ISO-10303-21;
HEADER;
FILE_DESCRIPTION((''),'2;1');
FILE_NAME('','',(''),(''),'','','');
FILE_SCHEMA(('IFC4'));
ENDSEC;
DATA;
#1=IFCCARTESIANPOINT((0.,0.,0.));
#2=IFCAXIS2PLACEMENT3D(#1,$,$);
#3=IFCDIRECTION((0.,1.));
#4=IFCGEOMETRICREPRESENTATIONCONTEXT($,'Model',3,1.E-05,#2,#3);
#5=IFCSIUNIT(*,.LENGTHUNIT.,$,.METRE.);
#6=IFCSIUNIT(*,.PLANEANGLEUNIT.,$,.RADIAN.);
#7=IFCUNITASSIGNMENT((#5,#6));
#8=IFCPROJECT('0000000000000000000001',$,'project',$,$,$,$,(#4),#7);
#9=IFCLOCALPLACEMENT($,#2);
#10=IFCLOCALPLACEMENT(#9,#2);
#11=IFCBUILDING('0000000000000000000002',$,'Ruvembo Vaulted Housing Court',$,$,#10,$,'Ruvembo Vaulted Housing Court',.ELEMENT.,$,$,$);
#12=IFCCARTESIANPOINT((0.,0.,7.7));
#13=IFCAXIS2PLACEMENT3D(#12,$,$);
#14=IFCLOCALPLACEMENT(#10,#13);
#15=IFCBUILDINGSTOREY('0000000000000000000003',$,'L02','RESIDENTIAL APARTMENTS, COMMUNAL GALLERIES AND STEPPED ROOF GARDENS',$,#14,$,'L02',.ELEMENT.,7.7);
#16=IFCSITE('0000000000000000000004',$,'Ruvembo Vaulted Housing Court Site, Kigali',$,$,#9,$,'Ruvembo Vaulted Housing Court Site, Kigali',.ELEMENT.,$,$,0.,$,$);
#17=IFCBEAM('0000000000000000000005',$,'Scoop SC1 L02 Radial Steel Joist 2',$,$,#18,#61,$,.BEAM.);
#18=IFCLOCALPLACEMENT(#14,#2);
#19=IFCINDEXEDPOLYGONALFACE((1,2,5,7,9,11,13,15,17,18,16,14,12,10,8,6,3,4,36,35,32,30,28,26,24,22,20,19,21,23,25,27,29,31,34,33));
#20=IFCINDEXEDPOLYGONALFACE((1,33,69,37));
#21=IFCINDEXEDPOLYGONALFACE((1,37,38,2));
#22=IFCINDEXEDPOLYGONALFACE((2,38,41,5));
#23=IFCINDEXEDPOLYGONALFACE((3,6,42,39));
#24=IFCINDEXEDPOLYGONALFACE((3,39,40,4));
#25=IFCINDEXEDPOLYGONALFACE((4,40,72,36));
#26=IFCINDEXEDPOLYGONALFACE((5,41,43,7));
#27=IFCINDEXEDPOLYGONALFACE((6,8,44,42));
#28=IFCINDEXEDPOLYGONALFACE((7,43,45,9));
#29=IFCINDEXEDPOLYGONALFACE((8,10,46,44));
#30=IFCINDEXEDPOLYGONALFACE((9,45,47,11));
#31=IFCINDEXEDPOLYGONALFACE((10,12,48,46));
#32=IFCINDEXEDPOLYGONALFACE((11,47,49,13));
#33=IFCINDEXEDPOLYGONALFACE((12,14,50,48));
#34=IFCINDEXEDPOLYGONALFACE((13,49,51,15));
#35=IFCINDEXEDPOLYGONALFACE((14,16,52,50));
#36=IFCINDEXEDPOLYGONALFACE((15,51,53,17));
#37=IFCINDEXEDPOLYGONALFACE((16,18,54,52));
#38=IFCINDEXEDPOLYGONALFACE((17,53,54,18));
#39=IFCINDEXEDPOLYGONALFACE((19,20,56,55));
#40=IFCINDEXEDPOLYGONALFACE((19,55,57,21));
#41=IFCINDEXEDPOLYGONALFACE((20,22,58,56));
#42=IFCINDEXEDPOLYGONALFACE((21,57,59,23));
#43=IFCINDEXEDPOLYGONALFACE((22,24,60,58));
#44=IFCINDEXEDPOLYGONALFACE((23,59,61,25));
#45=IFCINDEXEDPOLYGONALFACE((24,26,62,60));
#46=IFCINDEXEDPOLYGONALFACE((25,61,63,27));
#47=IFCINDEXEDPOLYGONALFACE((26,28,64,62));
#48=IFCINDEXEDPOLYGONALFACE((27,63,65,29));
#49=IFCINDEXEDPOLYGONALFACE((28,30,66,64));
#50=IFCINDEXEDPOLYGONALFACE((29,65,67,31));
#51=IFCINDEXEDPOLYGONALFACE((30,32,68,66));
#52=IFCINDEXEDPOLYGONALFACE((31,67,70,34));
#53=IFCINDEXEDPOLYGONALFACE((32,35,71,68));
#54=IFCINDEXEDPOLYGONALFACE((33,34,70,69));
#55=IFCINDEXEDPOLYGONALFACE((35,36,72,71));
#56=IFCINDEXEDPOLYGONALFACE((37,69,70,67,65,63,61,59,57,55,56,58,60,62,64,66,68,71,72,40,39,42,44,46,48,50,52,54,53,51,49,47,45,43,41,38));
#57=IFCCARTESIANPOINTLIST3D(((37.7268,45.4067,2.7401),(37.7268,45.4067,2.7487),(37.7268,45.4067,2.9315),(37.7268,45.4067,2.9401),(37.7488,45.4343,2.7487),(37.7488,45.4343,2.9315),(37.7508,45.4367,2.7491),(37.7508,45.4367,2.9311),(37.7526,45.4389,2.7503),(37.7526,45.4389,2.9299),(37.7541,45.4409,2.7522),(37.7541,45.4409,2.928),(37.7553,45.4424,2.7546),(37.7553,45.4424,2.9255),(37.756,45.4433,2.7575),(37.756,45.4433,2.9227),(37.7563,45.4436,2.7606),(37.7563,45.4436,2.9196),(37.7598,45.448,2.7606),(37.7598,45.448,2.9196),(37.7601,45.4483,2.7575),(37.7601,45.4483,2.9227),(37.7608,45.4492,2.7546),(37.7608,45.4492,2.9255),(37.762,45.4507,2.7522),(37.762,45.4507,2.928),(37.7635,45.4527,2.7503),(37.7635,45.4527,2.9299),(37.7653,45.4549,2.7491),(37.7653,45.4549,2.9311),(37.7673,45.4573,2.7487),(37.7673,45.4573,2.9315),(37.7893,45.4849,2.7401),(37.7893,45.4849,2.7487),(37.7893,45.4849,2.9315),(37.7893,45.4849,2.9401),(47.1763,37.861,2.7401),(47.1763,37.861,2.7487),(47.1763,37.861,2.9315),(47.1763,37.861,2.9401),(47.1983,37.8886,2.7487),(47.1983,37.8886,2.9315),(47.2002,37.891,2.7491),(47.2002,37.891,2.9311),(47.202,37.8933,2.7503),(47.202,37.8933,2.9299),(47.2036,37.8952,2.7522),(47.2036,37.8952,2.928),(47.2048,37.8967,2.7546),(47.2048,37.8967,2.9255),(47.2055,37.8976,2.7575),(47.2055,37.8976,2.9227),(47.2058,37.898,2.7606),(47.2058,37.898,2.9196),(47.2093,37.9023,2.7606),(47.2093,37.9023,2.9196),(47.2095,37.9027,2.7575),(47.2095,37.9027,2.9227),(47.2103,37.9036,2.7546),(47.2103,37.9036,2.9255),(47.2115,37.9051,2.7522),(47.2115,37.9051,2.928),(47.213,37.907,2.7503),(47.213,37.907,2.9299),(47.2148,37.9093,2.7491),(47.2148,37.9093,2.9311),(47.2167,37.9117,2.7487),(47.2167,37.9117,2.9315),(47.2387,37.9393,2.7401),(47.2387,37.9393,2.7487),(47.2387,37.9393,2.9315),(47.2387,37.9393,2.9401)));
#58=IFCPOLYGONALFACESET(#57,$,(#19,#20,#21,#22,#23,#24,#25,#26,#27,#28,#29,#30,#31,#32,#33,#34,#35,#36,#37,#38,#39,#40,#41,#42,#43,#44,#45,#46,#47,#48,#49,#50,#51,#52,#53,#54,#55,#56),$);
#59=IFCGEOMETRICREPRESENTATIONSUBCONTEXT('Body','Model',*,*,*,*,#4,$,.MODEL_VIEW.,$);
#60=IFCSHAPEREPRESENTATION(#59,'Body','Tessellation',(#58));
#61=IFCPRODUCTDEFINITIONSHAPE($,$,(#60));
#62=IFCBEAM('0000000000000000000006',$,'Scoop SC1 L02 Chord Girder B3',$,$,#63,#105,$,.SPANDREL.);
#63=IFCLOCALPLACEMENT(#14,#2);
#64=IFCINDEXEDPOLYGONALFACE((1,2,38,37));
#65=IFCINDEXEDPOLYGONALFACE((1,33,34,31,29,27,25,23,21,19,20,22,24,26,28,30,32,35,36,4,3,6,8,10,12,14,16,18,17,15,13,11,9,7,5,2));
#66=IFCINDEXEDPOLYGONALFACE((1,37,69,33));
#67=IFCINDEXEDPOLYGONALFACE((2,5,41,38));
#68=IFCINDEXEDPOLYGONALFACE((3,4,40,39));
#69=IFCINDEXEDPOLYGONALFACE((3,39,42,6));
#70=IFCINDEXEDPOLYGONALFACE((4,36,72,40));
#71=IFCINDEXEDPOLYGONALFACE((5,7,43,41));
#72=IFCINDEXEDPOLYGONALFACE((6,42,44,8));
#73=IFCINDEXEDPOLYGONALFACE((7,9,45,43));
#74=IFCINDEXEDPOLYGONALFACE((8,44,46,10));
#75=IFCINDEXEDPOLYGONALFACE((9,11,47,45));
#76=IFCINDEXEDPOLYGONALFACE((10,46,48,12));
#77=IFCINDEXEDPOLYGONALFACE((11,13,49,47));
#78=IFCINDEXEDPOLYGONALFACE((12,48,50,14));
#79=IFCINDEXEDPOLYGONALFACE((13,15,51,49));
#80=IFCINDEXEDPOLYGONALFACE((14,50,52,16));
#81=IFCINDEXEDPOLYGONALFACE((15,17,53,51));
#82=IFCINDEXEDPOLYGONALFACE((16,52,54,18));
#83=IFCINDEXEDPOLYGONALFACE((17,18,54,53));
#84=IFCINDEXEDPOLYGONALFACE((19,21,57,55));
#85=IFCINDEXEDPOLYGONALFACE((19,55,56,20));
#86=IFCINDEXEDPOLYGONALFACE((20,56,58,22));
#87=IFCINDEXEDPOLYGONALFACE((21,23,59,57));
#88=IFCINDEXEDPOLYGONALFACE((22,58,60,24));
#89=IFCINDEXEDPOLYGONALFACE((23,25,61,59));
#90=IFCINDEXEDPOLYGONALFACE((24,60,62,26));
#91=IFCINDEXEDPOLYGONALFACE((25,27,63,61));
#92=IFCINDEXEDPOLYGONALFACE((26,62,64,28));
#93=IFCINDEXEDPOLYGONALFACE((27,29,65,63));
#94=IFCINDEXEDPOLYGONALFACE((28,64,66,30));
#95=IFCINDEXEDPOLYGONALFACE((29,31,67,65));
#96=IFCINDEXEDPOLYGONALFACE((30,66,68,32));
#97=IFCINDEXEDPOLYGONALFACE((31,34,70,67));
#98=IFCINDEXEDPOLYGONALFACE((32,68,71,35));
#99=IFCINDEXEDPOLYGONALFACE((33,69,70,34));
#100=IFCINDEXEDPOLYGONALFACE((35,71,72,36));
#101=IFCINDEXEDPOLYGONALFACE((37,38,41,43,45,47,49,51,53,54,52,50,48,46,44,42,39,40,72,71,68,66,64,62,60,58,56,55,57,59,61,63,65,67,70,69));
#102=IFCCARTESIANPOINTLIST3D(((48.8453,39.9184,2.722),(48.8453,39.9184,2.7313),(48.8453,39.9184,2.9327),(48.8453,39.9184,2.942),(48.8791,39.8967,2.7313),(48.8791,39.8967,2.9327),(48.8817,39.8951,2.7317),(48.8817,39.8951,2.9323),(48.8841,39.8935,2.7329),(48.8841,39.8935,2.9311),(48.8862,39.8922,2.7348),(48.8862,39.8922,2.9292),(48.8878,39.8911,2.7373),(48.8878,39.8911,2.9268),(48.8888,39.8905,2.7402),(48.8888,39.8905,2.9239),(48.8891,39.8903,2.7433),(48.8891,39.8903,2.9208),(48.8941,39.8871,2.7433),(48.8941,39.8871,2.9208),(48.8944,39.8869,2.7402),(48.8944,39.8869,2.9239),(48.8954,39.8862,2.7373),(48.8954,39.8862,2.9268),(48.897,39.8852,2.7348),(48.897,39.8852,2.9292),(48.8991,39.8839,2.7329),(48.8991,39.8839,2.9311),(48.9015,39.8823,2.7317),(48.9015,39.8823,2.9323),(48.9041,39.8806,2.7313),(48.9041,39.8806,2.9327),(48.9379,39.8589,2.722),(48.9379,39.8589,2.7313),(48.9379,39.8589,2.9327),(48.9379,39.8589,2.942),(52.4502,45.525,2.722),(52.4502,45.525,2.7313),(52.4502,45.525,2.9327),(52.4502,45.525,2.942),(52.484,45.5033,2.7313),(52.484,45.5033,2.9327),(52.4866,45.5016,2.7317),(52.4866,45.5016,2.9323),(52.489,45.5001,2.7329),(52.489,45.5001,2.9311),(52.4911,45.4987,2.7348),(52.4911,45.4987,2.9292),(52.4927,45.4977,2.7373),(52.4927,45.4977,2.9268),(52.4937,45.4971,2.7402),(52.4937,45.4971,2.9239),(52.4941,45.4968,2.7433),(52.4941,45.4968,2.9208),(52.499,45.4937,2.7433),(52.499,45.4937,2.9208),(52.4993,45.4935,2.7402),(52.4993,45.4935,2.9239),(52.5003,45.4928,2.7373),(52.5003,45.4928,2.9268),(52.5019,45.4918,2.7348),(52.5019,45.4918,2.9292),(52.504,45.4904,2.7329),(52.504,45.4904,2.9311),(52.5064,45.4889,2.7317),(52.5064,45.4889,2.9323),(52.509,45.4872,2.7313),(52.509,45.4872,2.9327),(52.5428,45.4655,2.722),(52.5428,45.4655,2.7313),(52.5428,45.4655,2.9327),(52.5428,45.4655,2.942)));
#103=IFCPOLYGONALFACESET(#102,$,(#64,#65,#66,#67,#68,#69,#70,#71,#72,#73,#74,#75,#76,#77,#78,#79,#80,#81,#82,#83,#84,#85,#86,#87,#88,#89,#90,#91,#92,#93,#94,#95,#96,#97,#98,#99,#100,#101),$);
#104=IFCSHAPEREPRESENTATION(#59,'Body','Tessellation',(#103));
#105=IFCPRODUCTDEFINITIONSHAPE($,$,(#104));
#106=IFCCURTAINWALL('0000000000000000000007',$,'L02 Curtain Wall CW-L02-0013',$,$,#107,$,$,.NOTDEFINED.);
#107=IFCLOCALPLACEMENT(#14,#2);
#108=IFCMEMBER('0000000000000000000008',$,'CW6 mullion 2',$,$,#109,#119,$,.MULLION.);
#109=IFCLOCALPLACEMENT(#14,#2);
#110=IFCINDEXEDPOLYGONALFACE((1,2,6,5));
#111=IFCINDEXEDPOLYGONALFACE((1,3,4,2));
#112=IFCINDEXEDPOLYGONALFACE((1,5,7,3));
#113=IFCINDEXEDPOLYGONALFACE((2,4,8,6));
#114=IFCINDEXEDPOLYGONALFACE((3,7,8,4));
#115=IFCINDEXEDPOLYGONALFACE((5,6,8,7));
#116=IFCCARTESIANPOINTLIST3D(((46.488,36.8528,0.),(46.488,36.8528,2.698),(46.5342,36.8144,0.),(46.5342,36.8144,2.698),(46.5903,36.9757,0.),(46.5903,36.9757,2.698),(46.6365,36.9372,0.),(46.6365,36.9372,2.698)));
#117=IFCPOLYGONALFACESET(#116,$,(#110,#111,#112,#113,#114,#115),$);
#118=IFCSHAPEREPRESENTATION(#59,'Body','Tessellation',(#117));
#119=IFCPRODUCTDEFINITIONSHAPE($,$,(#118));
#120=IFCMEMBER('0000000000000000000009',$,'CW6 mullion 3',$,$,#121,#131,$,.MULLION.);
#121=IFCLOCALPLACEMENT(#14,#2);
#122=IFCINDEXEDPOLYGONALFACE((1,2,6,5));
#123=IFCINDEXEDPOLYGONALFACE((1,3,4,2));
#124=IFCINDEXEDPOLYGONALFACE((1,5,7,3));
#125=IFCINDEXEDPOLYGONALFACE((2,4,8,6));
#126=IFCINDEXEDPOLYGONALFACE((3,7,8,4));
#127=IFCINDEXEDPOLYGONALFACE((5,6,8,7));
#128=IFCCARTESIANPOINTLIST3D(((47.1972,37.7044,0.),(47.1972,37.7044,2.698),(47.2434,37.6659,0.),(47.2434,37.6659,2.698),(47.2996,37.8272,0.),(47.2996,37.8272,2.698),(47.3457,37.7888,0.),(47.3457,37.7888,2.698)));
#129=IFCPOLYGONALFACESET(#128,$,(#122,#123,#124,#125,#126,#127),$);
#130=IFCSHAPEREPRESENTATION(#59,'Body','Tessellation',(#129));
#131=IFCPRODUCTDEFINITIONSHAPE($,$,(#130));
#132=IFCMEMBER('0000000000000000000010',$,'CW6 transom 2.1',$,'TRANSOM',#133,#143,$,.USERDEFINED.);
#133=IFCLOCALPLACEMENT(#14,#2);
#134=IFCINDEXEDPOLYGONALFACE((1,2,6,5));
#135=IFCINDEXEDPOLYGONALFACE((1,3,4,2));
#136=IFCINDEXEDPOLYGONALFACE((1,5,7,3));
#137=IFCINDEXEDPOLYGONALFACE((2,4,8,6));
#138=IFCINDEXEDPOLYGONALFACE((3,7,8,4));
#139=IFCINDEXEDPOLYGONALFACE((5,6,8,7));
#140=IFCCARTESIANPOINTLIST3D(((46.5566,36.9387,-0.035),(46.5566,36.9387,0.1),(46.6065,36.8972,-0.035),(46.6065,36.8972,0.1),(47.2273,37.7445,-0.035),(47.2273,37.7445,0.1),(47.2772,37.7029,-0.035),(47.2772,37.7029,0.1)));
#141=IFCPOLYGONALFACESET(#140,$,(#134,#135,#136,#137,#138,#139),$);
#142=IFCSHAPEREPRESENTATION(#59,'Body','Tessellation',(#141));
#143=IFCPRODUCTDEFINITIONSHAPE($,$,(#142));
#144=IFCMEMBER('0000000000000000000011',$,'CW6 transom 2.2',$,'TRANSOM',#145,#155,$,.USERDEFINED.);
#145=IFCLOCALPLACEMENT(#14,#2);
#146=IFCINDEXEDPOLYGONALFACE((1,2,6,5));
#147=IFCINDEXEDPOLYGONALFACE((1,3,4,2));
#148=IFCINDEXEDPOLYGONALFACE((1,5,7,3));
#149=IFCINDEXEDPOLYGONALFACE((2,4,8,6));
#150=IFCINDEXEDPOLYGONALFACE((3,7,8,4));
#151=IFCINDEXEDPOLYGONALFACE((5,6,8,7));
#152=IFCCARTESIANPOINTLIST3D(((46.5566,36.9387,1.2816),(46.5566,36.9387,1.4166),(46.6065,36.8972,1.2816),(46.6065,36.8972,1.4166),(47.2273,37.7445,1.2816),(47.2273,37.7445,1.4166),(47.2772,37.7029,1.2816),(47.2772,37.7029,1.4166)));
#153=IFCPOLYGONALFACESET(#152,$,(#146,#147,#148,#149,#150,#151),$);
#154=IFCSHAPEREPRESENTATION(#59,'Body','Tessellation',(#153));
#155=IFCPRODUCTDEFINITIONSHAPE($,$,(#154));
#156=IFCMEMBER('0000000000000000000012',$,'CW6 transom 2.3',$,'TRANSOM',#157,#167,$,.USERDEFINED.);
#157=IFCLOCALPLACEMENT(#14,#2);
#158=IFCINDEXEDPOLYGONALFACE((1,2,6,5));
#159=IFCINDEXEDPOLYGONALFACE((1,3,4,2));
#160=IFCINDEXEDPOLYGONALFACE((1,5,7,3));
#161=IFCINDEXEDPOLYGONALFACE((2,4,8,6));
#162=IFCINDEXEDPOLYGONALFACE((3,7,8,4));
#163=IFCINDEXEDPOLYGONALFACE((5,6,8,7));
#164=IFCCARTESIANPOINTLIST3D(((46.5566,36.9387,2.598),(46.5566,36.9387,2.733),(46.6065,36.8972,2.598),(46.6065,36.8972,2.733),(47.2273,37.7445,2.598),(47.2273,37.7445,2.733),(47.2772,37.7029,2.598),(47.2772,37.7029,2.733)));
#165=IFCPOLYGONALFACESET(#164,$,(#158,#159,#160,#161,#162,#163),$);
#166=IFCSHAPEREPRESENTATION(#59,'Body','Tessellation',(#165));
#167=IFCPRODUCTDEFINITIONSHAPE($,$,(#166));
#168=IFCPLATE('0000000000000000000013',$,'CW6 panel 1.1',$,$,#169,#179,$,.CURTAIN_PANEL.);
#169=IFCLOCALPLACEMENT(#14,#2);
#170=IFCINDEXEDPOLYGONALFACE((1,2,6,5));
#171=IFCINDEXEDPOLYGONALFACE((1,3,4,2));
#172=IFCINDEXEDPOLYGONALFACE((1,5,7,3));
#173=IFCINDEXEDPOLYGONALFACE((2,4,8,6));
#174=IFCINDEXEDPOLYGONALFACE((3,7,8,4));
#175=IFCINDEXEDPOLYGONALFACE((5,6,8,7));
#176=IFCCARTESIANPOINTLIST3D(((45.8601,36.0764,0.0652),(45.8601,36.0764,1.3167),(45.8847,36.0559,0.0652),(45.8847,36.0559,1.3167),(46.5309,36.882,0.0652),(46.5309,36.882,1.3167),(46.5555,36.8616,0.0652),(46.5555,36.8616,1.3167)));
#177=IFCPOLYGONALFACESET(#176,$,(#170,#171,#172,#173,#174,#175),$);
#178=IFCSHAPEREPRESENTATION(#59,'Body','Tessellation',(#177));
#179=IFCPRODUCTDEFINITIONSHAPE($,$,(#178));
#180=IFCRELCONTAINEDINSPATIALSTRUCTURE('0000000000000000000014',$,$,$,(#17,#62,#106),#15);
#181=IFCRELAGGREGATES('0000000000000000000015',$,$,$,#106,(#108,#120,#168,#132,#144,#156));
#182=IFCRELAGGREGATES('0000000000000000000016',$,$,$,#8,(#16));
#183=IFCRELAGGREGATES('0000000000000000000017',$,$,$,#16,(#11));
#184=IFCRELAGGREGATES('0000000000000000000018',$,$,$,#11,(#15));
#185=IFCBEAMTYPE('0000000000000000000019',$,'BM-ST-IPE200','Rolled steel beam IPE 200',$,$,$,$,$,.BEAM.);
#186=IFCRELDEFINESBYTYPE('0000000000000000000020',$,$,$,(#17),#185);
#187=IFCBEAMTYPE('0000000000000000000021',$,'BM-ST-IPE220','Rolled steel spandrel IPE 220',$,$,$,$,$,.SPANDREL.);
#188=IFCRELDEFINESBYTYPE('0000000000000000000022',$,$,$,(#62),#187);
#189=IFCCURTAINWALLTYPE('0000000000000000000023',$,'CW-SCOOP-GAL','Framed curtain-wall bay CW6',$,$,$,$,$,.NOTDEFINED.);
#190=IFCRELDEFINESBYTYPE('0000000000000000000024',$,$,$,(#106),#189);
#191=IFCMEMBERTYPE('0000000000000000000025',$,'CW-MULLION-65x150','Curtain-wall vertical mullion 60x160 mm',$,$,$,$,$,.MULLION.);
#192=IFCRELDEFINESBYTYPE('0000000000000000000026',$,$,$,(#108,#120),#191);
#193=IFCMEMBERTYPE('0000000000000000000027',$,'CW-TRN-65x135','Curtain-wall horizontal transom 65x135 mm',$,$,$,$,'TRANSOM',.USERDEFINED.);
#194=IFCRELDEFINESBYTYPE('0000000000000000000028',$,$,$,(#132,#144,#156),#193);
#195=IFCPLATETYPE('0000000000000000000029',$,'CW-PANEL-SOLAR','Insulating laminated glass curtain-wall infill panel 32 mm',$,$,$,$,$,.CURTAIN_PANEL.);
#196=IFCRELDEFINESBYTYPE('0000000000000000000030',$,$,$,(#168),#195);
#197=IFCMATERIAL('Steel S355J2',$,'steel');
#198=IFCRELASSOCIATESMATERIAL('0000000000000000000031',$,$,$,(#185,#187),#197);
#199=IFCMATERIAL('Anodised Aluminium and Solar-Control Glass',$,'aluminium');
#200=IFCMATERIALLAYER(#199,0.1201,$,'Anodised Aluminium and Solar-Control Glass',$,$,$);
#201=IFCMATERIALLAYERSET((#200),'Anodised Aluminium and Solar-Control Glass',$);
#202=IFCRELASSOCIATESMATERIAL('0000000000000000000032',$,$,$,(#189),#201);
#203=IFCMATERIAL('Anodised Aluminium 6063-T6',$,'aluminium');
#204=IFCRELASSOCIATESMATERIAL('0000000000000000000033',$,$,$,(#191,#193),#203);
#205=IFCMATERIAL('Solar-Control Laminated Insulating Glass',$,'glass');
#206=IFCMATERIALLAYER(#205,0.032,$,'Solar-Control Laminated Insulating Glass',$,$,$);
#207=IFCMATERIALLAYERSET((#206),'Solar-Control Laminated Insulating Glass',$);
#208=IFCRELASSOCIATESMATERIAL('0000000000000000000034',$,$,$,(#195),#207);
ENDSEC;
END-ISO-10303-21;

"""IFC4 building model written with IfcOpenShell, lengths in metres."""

from ifc_helpers import new_model, si_unit, direction, frame, origin, origin_2d, place, context, subcontext, project, spatial, rectangle, i_section, extrude, material, layer, layer_set, material_profile, profile_set, type_object, element, aggregate, save


model = new_model("IFC4")

# Units and contexts
model_context = context("Model", 3, precision=1e-05, world=origin(), true_north=direction((0.0, 1.0)))
body_context = subcontext(model_context, "Body", "Model", "MODEL_VIEW")
ifc_project = project(units=[si_unit("LENGTHUNIT", "METRE"), si_unit("PLANEANGLEUNIT", "RADIAN")], contexts=[model_context])

# Site, building, storey
site_placement = place(None, origin())
site = spatial("IfcSite", under=ifc_project, at=site_placement, Name="Ruvembo Vaulted Housing Court Site, Kigali", LongName="Ruvembo Vaulted Housing Court Site, Kigali", CompositionType="ELEMENT", RefElevation=0.0)
building_placement = place(site_placement, origin())
building = spatial("IfcBuilding", under=site, at=building_placement, Name="Ruvembo Vaulted Housing Court", LongName="Ruvembo Vaulted Housing Court", CompositionType="ELEMENT")
storey_placement = place(building_placement, frame((0.0, 0.0, 7.7)))
storey = spatial("IfcBuildingStorey", under=building, at=storey_placement, Name="L02", Description="RESIDENTIAL APARTMENTS, COMMUNAL GALLERIES AND STEPPED ROOF GARDENS", LongName="L02", CompositionType="ELEMENT", Elevation=7.7)

# Beams
ifc_material_1 = material(Name="Steel S355J2", Category="steel")
ifc_material_profile_1 = material_profile(ifc_material_1, i_section(OverallWidth=0.1001, OverallDepth=0.2, WebThickness=0.0056, FlangeThickness=0.0085, FilletRadius=0.012, at=origin_2d()), Name="IPE 200")
ifc_profile_set_1 = profile_set([ifc_material_profile_1], Name="Steel S355J2")
beam_type_1 = type_object("IfcBeamType", Name="BM-ST-IPE200", Description="Rolled steel beam IPE 200", PredefinedType="BEAM", material=ifc_profile_set_1)
beam_1_placement = place(storey_placement, frame((47.2075, 37.9001, 2.8401), z_axis=(-0.78143, 0.623993, 0.0), x_axis=(-0.623993, -0.78143, 0.0)))
element("IfcBeam", 1, at=beam_1_placement, inside=storey, type_object=beam_type_1, Name="Scoop SC1 L02 Radial Steel Joist 2", PredefinedType="BEAM", context=body_context, shape_type="SweptSolid", body=[
    extrude(i_section(OverallWidth=0.1001, OverallDepth=0.2, WebThickness=0.0056, FlangeThickness=0.0085, FilletRadius=0.012, at=origin_2d()), origin(), (0.0, 0.0, 1.0), 12.0925),
])
ifc_material_profile_2 = material_profile(ifc_material_1, i_section(OverallWidth=0.1101, OverallDepth=0.22, WebThickness=0.0059, FlangeThickness=0.0093, FilletRadius=0.012, at=origin_2d()), Name="IPE 220")
ifc_profile_set_2 = profile_set([ifc_material_profile_2], Name="Steel S355J2")
beam_type_2 = type_object("IfcBeamType", Name="BM-ST-IPE220", Description="Rolled steel spandrel IPE 220", PredefinedType="SPANDREL", material=ifc_profile_set_2)
beam_2_placement = place(storey_placement, frame((48.8916, 39.8887, 2.832), z_axis=(0.54083, 0.841132, 0.0), x_axis=(-0.841132, 0.54083, 0.0)))
element("IfcBeam", 2, at=beam_2_placement, inside=storey, type_object=beam_type_2, Name="Scoop SC1 L02 Chord Girder B3", PredefinedType="SPANDREL", context=body_context, shape_type="SweptSolid", body=[
    extrude(i_section(OverallWidth=0.1101, OverallDepth=0.22, WebThickness=0.0059, FlangeThickness=0.0093, FilletRadius=0.012, at=origin_2d()), origin(), (0.0, 0.0, 1.0), 6.6655),
])

# Curtain wall, members, plate
ifc_material_2 = material(Name="Anodised Aluminium and Solar-Control Glass", Category="aluminium")
ifc_layer_1 = layer(ifc_material_2, 0.1201, Name="Anodised Aluminium and Solar-Control Glass")
ifc_layer_set_1 = layer_set([ifc_layer_1], Name="Anodised Aluminium and Solar-Control Glass")
curtain_wall_type = type_object("IfcCurtainWallType", Name="CW-SCOOP-GAL", Description="Framed curtain-wall bay CW6", PredefinedType="NOTDEFINED", material=ifc_layer_set_1)
curtain_wall_placement = place(storey_placement, origin())
curtain_wall = element("IfcCurtainWall", 3, at=curtain_wall_placement, inside=storey, type_object=curtain_wall_type, Name="L02 Curtain Wall CW-L02-0013", PredefinedType="NOTDEFINED")
ifc_material_3 = material(Name="Anodised Aluminium 6063-T6", Category="aluminium")
ifc_material_profile_3 = material_profile(ifc_material_3, rectangle(XDim=0.0601, YDim=0.1599, at=origin_2d()), Name="ALU 60x160")
ifc_profile_set_3 = profile_set([ifc_material_profile_3], Name="Anodised Aluminium 6063-T6")
member_type_1 = type_object("IfcMemberType", Name="CW-MULLION-65x150", Description="Curtain-wall vertical mullion 60x160 mm", PredefinedType="MULLION", material=ifc_profile_set_3)
member_1_placement = place(storey_placement, frame((46.5623, 36.895, 0.0), z_axis=(0.0, 0.0, 1.0), x_axis=(-0.768484, 0.639869, 0.0)))
member_1 = element("IfcMember", 4, at=member_1_placement, type_object=member_type_1, Name="CW6 mullion 2", PredefinedType="MULLION", context=body_context, shape_type="SweptSolid", body=[
    extrude(rectangle(XDim=0.0601, YDim=0.1599, at=origin_2d()), origin(), (0.0, 0.0, 1.0), 2.698),
])
member_2_placement = place(storey_placement, frame((47.2715, 37.7466, 0.0), z_axis=(0.0, 0.0, 1.0), x_axis=(-0.768484, 0.639869, 0.0)))
member_2 = element("IfcMember", 5, at=member_2_placement, type_object=member_type_1, Name="CW6 mullion 3", PredefinedType="MULLION", context=body_context, shape_type="SweptSolid", body=[
    extrude(rectangle(XDim=0.0601, YDim=0.1599, at=origin_2d()), origin(), (0.0, 0.0, 1.0), 2.698),
])
ifc_material_profile_4 = material_profile(ifc_material_3, rectangle(XDim=0.0649, YDim=0.135, at=origin_2d()), Name="ALU 65x135")
ifc_profile_set_4 = profile_set([ifc_material_profile_4], Name="Anodised Aluminium 6063-T6")
member_type_2 = type_object("IfcMemberType", Name="CW-TRN-65x135", Description="Curtain-wall horizontal transom 65x135 mm", ElementType="TRANSOM", PredefinedType="USERDEFINED", material=ifc_profile_set_4)
member_3_placement = place(storey_placement, frame((46.5815, 36.918, 0.0325), z_axis=(0.639772, 0.768565, 0.0), x_axis=(-0.768565, 0.639772, 0.0)))
member_3 = element("IfcMember", 6, at=member_3_placement, type_object=member_type_2, Name="CW6 transom 2.1", ObjectType="TRANSOM", PredefinedType="USERDEFINED", context=body_context, shape_type="SweptSolid", body=[
    extrude(rectangle(XDim=0.0649, YDim=0.135, at=origin_2d()), origin(), (0.0, 0.0, 1.0), 1.0483),
])
member_4_placement = place(storey_placement, frame((46.5815, 36.918, 1.3491), z_axis=(0.639772, 0.768565, 0.0), x_axis=(-0.768565, 0.639772, 0.0)))
member_4 = element("IfcMember", 7, at=member_4_placement, type_object=member_type_2, Name="CW6 transom 2.2", ObjectType="TRANSOM", PredefinedType="USERDEFINED", context=body_context, shape_type="SweptSolid", body=[
    extrude(rectangle(XDim=0.0649, YDim=0.135, at=origin_2d()), origin(), (0.0, 0.0, 1.0), 1.0483),
])
member_5_placement = place(storey_placement, frame((46.5815, 36.918, 2.6655), z_axis=(0.639772, 0.768565, 0.0), x_axis=(-0.768565, 0.639772, 0.0)))
member_5 = element("IfcMember", 8, at=member_5_placement, type_object=member_type_2, Name="CW6 transom 2.3", ObjectType="TRANSOM", PredefinedType="USERDEFINED", context=body_context, shape_type="SweptSolid", body=[
    extrude(rectangle(XDim=0.0649, YDim=0.135, at=origin_2d()), origin(), (0.0, 0.0, 1.0), 1.0483),
])
ifc_material_4 = material(Name="Solar-Control Laminated Insulating Glass", Category="glass")
ifc_layer_2 = layer(ifc_material_4, 0.032, Name="Solar-Control Laminated Insulating Glass")
ifc_layer_set_2 = layer_set([ifc_layer_2], Name="Solar-Control Laminated Insulating Glass")
plate_type_1 = type_object("IfcPlateType", Name="CW-PANEL-SOLAR", Description="Insulating laminated glass curtain-wall infill panel 32 mm", PredefinedType="CURTAIN_PANEL", material=ifc_layer_set_2)
plate_1_placement = place(storey_placement, frame((46.2078, 36.469, 0.0652), z_axis=(0.0, 0.0, 1.0), x_axis=(0.639869, 0.768484, 0.0)))
plate_1 = element("IfcPlate", 9, at=plate_1_placement, type_object=plate_type_1, Name="CW6 panel 1.1", PredefinedType="CURTAIN_PANEL", context=body_context, shape_type="SweptSolid", body=[
    extrude(rectangle(XDim=1.0483, YDim=0.032, at=origin_2d()), origin(), (0.0, 0.0, 1.0), 1.2515),
])
aggregate(curtain_wall, [member_1, member_2, plate_1, member_3, member_4, member_5])

save(model, "model.ifc")
